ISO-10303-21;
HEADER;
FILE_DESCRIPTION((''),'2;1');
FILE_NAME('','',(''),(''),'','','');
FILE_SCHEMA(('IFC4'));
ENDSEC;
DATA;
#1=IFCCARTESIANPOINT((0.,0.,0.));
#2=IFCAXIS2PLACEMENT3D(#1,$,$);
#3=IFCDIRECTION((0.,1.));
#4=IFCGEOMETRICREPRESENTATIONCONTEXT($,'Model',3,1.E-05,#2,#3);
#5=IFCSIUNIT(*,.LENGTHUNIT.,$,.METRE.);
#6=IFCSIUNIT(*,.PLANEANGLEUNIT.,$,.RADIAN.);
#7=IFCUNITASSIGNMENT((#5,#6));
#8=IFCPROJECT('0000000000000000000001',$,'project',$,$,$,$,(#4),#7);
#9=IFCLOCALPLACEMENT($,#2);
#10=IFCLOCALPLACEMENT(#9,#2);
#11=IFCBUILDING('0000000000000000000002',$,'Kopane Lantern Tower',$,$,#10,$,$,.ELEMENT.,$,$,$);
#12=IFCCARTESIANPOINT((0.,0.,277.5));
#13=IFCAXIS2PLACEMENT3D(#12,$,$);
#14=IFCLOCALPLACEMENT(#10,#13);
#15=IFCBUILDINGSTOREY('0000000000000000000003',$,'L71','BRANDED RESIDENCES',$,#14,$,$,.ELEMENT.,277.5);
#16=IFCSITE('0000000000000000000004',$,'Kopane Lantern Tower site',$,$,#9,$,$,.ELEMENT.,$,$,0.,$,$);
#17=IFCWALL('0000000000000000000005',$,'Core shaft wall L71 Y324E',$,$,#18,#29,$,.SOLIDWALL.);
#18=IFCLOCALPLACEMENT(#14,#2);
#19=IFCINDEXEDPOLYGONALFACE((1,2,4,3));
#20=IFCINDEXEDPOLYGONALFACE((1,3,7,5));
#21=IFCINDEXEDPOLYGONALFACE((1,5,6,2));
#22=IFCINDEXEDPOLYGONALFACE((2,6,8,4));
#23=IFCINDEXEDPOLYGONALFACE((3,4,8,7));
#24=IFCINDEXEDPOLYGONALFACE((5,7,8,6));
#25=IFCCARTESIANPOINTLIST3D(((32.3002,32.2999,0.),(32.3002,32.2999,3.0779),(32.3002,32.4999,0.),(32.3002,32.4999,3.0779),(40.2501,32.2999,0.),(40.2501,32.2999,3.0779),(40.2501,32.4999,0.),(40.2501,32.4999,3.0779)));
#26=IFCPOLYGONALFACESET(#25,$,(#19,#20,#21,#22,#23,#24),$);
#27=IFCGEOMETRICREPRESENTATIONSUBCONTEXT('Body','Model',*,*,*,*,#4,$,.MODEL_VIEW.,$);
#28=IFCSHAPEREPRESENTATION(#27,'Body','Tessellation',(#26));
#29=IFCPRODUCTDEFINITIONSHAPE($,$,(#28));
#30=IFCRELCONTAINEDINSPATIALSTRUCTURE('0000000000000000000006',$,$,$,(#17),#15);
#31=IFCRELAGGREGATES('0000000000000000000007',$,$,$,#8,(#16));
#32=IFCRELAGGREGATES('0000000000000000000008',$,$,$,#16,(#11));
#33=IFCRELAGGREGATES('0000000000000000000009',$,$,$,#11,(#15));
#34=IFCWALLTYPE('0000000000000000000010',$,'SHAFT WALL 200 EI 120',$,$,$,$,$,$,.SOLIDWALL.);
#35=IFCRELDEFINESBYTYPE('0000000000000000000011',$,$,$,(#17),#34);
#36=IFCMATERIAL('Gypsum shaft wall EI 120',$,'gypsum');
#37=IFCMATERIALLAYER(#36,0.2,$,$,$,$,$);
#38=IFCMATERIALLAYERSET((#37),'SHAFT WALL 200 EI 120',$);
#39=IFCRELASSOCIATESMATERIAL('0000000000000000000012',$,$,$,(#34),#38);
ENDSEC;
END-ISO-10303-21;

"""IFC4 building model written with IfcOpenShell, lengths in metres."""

from ifc_helpers import new_model, si_unit, direction, frame, frame_2d, origin, place, context, subcontext, project, spatial, rectangle, extrude, material, layer, layer_set, type_object, element, save


model = new_model("IFC4")

# Units and contexts
model_context = context("Model", 3, precision=1e-05, world=origin(), true_north=direction((0.0, 1.0)))
body_context = subcontext(model_context, "Body", "Model", "MODEL_VIEW")
ifc_project = project(units=[si_unit("LENGTHUNIT", "METRE"), si_unit("PLANEANGLEUNIT", "RADIAN")], contexts=[model_context])

# Site, building, storey
site_placement = place(None, origin())
site = spatial("IfcSite", under=ifc_project, at=site_placement, Name="Kopane Lantern Tower site", CompositionType="ELEMENT", RefElevation=0.0)
building_placement = place(site_placement, origin())
building = spatial("IfcBuilding", under=site, at=building_placement, Name="Kopane Lantern Tower", CompositionType="ELEMENT")
storey_placement = place(building_placement, frame((0.0, 0.0, 277.5)))
storey = spatial("IfcBuildingStorey", under=building, at=storey_placement, Name="L71", Description="BRANDED RESIDENCES", CompositionType="ELEMENT", Elevation=277.5)

# Shared definitions
ifc_material_1 = material(Name="Gypsum shaft wall EI 120", Category="gypsum")
ifc_layer_1 = layer(ifc_material_1, 0.2)
ifc_layer_set_1 = layer_set([ifc_layer_1], Name="SHAFT WALL 200 EI 120")
wall_type_1 = type_object("IfcWallType", Name="SHAFT WALL 200 EI 120", PredefinedType="SOLIDWALL", material=ifc_layer_set_1)

# Wall
wall_1_placement = place(storey_placement, frame((32.3, 32.3999, 0.0), z_axis=(0.0, 0.0, 1.0), x_axis=(1.0, 0.0, 0.0)))
element("IfcWall", 1, at=wall_1_placement, inside=storey, type_object=wall_type_1, Name="Core shaft wall L71 Y324E", PredefinedType="SOLIDWALL", context=body_context, shape_type="SweptSolid", body=[
    extrude(rectangle(XDim=7.95, YDim=0.2, at=frame_2d((3.9751, 0.0))), origin(), (0.0, 0.0, 1.0), 3.0779),
])

save(model, "model.ifc")
